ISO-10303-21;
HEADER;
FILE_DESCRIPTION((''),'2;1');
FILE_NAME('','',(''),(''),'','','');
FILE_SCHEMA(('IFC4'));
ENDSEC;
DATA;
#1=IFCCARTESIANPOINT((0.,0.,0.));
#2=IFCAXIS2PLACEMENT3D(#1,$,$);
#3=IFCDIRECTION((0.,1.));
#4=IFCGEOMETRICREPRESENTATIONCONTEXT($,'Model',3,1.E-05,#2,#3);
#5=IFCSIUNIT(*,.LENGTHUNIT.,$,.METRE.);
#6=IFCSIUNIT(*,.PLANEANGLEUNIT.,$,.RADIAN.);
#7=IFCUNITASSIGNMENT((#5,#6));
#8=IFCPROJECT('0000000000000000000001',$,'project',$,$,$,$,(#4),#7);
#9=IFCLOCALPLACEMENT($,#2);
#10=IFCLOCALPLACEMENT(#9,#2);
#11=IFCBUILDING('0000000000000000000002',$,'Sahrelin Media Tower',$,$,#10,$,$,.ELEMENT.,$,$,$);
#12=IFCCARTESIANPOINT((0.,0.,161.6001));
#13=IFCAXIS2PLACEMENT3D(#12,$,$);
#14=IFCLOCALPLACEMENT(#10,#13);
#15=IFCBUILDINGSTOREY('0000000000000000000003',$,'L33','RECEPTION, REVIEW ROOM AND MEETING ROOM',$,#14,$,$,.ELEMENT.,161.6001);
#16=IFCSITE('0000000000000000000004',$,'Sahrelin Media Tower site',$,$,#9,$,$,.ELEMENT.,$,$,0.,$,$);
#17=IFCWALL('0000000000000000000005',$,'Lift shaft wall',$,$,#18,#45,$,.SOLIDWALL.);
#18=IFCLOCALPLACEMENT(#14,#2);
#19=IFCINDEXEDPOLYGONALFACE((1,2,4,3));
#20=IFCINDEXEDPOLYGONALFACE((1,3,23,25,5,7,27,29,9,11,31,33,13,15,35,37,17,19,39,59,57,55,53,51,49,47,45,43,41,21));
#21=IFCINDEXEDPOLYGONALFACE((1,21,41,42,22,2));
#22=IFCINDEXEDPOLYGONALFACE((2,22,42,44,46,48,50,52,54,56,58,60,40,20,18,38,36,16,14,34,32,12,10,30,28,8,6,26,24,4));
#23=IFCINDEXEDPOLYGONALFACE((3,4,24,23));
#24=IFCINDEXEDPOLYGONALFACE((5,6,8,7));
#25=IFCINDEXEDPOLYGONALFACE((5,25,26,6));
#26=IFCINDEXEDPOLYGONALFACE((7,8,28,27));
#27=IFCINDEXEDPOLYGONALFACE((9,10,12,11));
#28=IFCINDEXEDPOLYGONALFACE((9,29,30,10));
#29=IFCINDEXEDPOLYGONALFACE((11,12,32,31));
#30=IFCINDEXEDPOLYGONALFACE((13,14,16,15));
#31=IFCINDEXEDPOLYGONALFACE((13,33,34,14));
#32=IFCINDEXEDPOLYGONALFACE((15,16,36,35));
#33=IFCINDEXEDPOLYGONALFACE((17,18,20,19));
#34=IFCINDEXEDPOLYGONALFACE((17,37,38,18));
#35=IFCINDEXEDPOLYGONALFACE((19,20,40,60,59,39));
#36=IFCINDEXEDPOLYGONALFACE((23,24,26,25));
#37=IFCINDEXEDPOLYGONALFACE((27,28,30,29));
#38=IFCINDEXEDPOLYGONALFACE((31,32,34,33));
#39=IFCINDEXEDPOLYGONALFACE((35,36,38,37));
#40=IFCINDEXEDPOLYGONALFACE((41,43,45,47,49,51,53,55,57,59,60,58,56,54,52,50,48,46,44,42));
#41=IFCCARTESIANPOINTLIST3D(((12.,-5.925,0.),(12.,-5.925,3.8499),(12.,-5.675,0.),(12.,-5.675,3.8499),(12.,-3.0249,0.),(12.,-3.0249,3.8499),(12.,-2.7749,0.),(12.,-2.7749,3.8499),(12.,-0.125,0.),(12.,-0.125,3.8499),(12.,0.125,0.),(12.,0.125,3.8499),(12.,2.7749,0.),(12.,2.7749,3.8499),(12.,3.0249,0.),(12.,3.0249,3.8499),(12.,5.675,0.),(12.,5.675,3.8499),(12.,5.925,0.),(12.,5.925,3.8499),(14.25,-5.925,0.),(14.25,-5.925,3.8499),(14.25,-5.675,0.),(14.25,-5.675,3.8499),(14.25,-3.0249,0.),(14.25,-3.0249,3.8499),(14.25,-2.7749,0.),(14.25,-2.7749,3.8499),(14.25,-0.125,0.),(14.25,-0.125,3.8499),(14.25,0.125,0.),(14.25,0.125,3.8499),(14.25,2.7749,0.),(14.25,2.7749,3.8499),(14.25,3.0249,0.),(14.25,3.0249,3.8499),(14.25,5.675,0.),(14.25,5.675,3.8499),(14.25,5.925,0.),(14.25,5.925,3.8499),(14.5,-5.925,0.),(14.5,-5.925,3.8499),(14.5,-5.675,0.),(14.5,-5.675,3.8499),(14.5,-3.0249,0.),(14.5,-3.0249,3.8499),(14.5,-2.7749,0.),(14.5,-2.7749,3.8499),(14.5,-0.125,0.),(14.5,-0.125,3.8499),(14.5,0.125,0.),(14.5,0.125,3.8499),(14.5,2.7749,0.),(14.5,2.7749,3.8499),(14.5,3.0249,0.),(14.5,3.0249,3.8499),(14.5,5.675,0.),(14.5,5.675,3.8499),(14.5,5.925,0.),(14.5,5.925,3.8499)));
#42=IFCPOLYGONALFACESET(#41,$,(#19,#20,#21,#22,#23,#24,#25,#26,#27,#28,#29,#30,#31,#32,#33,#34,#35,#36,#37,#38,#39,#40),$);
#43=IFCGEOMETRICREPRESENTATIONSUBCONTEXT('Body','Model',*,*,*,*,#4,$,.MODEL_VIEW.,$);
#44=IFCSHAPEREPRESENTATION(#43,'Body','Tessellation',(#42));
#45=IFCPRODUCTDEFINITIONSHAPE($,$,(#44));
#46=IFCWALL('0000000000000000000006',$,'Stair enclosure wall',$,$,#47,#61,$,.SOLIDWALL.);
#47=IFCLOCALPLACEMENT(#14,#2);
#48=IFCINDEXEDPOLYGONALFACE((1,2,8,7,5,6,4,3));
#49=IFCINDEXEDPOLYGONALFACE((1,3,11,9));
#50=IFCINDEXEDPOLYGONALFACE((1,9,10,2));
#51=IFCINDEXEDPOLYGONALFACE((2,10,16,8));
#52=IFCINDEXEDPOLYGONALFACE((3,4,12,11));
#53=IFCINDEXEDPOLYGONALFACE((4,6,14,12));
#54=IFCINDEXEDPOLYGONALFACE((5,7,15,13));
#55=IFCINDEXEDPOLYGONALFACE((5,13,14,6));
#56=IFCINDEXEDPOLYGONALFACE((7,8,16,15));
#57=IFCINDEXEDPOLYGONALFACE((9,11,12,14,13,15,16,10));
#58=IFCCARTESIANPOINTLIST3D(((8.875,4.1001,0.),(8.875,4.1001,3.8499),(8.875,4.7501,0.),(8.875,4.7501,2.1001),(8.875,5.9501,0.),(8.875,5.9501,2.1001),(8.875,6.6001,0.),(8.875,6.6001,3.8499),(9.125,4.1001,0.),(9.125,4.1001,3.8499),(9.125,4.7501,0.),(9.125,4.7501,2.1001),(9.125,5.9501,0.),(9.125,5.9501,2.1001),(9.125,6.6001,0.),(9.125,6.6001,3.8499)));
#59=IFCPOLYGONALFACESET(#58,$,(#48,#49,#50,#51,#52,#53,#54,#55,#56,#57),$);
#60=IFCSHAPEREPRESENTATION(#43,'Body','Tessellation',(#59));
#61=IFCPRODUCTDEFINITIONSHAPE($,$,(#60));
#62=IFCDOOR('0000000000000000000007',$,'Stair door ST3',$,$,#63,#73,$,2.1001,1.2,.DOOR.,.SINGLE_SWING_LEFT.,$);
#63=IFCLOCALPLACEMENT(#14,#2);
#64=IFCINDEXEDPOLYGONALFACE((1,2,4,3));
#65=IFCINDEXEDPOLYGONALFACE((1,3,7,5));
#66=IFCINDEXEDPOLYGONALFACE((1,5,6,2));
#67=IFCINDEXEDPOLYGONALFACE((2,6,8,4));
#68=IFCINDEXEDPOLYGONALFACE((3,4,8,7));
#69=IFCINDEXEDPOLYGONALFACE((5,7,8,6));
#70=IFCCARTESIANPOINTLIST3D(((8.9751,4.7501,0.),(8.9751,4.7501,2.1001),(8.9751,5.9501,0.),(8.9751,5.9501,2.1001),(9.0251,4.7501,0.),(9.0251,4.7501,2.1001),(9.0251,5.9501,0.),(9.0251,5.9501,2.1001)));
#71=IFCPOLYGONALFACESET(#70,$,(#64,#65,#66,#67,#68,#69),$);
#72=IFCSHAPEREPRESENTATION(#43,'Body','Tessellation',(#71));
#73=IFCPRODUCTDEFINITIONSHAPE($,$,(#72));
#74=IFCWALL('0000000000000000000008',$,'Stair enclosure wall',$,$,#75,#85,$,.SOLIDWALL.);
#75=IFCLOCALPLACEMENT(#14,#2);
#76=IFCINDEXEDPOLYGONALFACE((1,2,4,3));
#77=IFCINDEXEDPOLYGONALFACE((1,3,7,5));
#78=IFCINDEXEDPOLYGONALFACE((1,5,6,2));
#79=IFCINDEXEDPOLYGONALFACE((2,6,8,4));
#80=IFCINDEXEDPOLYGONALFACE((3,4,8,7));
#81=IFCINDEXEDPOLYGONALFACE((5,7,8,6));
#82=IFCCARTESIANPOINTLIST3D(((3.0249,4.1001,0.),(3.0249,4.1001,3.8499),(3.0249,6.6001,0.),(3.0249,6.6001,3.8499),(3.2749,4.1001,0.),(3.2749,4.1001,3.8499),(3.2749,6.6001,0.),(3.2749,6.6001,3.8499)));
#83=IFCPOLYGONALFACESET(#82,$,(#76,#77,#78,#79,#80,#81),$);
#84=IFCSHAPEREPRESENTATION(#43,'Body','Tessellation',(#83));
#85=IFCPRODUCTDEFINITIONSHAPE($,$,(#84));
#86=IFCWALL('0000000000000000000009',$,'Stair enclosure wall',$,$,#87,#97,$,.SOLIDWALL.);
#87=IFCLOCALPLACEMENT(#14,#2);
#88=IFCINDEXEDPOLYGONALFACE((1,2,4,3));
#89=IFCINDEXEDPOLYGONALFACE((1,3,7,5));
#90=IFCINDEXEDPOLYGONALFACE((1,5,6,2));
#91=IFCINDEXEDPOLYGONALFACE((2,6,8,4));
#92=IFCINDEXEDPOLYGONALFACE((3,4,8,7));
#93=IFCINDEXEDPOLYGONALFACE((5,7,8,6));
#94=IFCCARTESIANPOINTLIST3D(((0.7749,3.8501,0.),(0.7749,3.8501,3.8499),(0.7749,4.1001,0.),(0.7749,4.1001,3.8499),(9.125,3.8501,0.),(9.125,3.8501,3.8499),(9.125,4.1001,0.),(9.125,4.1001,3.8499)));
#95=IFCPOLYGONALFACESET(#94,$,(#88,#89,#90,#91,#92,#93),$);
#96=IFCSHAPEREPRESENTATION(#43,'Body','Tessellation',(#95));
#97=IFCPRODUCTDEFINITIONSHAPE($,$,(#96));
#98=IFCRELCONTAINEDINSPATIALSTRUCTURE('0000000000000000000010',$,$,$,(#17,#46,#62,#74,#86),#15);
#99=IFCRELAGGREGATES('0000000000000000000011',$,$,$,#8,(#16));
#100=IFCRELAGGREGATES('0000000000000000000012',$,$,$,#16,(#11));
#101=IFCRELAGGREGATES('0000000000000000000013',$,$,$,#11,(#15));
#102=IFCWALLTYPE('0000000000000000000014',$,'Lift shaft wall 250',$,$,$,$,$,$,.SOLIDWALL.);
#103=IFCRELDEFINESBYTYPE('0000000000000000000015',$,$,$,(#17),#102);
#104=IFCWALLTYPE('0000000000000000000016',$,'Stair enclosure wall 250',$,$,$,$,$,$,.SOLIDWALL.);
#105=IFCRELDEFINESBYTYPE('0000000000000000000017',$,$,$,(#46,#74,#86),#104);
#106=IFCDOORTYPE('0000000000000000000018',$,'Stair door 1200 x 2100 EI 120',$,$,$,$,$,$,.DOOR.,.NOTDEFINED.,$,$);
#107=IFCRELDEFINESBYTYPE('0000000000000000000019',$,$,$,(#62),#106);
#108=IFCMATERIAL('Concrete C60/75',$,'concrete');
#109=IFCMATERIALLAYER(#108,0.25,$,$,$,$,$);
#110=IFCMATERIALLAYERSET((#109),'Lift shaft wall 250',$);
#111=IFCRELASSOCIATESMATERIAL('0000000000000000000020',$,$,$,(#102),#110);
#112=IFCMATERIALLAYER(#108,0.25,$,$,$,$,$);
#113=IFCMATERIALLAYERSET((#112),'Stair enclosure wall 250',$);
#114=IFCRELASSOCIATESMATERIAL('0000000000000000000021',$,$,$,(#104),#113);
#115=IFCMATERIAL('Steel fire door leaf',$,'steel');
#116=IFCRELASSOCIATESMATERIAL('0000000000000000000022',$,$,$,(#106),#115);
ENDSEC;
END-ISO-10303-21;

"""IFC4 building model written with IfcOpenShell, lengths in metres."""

from ifc_helpers import new_model, si_unit, direction, frame, frame_2d, origin, place, context, subcontext, project, spatial, polyline, rectangle, outline, extrude, material, layer, layer_set, type_object, element, fill, save


model = new_model("IFC4")

# Units and contexts
model_context = context("Model", 3, precision=1e-05, world=origin(), true_north=direction((0.0, 1.0)))
body_context = subcontext(model_context, "Body", "Model", "MODEL_VIEW")
ifc_project = project(units=[si_unit("LENGTHUNIT", "METRE"), si_unit("PLANEANGLEUNIT", "RADIAN")], contexts=[model_context])

# Site, building, storey
site_placement = place(None, origin())
site = spatial("IfcSite", under=ifc_project, at=site_placement, Name="Sahrelin Media Tower site", CompositionType="ELEMENT", RefElevation=0.0)
building_placement = place(site_placement, origin())
building = spatial("IfcBuilding", under=site, at=building_placement, Name="Sahrelin Media Tower", CompositionType="ELEMENT")
storey_placement = place(building_placement, frame((0.0, 0.0, 161.6001)))
storey = spatial("IfcBuildingStorey", under=building, at=storey_placement, Name="L33", Description="RECEPTION, REVIEW ROOM AND MEETING ROOM", CompositionType="ELEMENT", Elevation=161.6001)

# Shared definitions
ifc_material_1 = material(Name="Steel fire door leaf", Category="steel")

# Wall
ifc_material_2 = material(Name="Concrete C60/75", Category="concrete")
ifc_layer_1 = layer(ifc_material_2, 0.25)
ifc_layer_set_1 = layer_set([ifc_layer_1], Name="Lift shaft wall 250")
wall_type_1 = type_object("IfcWallType", Name="Lift shaft wall 250", PredefinedType="SOLIDWALL", material=ifc_layer_set_1)
placement = place(storey_placement, origin())
element("IfcWall", 1, at=placement, inside=storey, type_object=wall_type_1, Name="Lift shaft wall", PredefinedType="SOLIDWALL", context=body_context, shape_type="SweptSolid", body=[
    extrude(outline(polyline([(12.0, -5.675), (12.0, -5.925), (14.25, -5.925), (14.5, -5.925), (14.5, -5.675), (14.5, -3.0249), (14.5, -2.7749), (14.5, -0.125), (14.5, 0.125), (14.5, 2.7749), (14.5, 3.0249), (14.5, 5.675), (14.5, 5.925), (14.25, 5.925), (12.0, 5.925), (12.0, 5.675), (14.25, 5.675), (14.25, 3.0249), (12.0, 3.0249), (12.0, 2.7749), (14.25, 2.7749), (14.25, 0.125), (12.0, 0.125), (12.0, -0.125), (14.25, -0.125), (14.25, -2.7749), (12.0, -2.7749), (12.0, -3.0249), (14.25, -3.0249), (14.25, -5.675), (12.0, -5.675)])), origin(), (0.0, 0.0, 1.0), 3.8499),
])

# Wall, opening, door
ifc_layer_2 = layer(ifc_material_2, 0.25)
ifc_layer_set_2 = layer_set([ifc_layer_2], Name="Stair enclosure wall 250")
wall_type_2 = type_object("IfcWallType", Name="Stair enclosure wall 250", PredefinedType="SOLIDWALL", material=ifc_layer_set_2)
wall_1_placement = place(storey_placement, frame((9.0, 4.1001, 0.0), z_axis=(0.0, 0.0, 1.0), x_axis=(0.0, 1.0, 0.0)))
wall_1 = element("IfcWall", 2, at=wall_1_placement, inside=storey, type_object=wall_type_2, Name="Stair enclosure wall", PredefinedType="SOLIDWALL", context=body_context, shape_type="SweptSolid", body=[
    extrude(rectangle(XDim=2.5, YDim=0.25, at=frame_2d((1.25, 0.0))), origin(), (0.0, 0.0, 1.0), 3.8499),
])
opening_1_placement = place(wall_1_placement, frame((0.6499, 0.0, 0.0)))
opening_1 = element("IfcOpeningElement", 3, at=opening_1_placement, cuts=wall_1, PredefinedType="OPENING", context=body_context, shape_type="SweptSolid", body=[
    extrude(rectangle(XDim=1.2, YDim=2.1001, at=frame_2d((0.6001, 1.05))), frame((0.0, 0.125, 0.0), z_axis=(0.0, -1.0, 0.0), x_axis=(1.0, 0.0, 0.0)), (0.0, 0.0, 1.0), 0.25),
])
door_type_1 = type_object("IfcDoorType", Name="Stair door 1200 x 2100 EI 120", OperationType="NOTDEFINED", PredefinedType="DOOR", material=ifc_material_1)
door_1_placement = place(opening_1_placement, origin())
door_1 = element("IfcDoor", 4, at=door_1_placement, inside=storey, type_object=door_type_1, Name="Stair door ST3", OperationType="SINGLE_SWING_LEFT", OverallHeight=2.1001, OverallWidth=1.2, PredefinedType="DOOR", context=body_context, shape_type="SweptSolid", body=[
    extrude(rectangle(XDim=1.2, YDim=2.1001, at=frame_2d((0.6001, 1.05))), frame((0.0, 0.0249, 0.0), z_axis=(0.0, -1.0, 0.0), x_axis=(1.0, 0.0, 0.0)), (0.0, 0.0, 1.0), 0.05),
])
fill(opening_1, door_1)

# Walls
wall_2_placement = place(storey_placement, frame((3.1499, 4.1001, 0.0), z_axis=(0.0, 0.0, 1.0), x_axis=(0.0, 1.0, 0.0)))
element("IfcWall", 5, at=wall_2_placement, inside=storey, type_object=wall_type_2, Name="Stair enclosure wall", PredefinedType="SOLIDWALL", context=body_context, shape_type="SweptSolid", body=[
    extrude(rectangle(XDim=2.5, YDim=0.25, at=frame_2d((1.25, 0.0))), origin(), (0.0, 0.0, 1.0), 3.8499),
])
wall_3_placement = place(storey_placement, frame((0.7749, 3.9751, 0.0), z_axis=(0.0, 0.0, 1.0), x_axis=(1.0, 0.0, 0.0)))
element("IfcWall", 6, at=wall_3_placement, inside=storey, type_object=wall_type_2, Name="Stair enclosure wall", PredefinedType="SOLIDWALL", context=body_context, shape_type="SweptSolid", body=[
    extrude(rectangle(XDim=8.3501, YDim=0.25, at=frame_2d((4.175, 0.0))), origin(), (0.0, 0.0, 1.0), 3.8499),
])

save(model, "model.ifc")
